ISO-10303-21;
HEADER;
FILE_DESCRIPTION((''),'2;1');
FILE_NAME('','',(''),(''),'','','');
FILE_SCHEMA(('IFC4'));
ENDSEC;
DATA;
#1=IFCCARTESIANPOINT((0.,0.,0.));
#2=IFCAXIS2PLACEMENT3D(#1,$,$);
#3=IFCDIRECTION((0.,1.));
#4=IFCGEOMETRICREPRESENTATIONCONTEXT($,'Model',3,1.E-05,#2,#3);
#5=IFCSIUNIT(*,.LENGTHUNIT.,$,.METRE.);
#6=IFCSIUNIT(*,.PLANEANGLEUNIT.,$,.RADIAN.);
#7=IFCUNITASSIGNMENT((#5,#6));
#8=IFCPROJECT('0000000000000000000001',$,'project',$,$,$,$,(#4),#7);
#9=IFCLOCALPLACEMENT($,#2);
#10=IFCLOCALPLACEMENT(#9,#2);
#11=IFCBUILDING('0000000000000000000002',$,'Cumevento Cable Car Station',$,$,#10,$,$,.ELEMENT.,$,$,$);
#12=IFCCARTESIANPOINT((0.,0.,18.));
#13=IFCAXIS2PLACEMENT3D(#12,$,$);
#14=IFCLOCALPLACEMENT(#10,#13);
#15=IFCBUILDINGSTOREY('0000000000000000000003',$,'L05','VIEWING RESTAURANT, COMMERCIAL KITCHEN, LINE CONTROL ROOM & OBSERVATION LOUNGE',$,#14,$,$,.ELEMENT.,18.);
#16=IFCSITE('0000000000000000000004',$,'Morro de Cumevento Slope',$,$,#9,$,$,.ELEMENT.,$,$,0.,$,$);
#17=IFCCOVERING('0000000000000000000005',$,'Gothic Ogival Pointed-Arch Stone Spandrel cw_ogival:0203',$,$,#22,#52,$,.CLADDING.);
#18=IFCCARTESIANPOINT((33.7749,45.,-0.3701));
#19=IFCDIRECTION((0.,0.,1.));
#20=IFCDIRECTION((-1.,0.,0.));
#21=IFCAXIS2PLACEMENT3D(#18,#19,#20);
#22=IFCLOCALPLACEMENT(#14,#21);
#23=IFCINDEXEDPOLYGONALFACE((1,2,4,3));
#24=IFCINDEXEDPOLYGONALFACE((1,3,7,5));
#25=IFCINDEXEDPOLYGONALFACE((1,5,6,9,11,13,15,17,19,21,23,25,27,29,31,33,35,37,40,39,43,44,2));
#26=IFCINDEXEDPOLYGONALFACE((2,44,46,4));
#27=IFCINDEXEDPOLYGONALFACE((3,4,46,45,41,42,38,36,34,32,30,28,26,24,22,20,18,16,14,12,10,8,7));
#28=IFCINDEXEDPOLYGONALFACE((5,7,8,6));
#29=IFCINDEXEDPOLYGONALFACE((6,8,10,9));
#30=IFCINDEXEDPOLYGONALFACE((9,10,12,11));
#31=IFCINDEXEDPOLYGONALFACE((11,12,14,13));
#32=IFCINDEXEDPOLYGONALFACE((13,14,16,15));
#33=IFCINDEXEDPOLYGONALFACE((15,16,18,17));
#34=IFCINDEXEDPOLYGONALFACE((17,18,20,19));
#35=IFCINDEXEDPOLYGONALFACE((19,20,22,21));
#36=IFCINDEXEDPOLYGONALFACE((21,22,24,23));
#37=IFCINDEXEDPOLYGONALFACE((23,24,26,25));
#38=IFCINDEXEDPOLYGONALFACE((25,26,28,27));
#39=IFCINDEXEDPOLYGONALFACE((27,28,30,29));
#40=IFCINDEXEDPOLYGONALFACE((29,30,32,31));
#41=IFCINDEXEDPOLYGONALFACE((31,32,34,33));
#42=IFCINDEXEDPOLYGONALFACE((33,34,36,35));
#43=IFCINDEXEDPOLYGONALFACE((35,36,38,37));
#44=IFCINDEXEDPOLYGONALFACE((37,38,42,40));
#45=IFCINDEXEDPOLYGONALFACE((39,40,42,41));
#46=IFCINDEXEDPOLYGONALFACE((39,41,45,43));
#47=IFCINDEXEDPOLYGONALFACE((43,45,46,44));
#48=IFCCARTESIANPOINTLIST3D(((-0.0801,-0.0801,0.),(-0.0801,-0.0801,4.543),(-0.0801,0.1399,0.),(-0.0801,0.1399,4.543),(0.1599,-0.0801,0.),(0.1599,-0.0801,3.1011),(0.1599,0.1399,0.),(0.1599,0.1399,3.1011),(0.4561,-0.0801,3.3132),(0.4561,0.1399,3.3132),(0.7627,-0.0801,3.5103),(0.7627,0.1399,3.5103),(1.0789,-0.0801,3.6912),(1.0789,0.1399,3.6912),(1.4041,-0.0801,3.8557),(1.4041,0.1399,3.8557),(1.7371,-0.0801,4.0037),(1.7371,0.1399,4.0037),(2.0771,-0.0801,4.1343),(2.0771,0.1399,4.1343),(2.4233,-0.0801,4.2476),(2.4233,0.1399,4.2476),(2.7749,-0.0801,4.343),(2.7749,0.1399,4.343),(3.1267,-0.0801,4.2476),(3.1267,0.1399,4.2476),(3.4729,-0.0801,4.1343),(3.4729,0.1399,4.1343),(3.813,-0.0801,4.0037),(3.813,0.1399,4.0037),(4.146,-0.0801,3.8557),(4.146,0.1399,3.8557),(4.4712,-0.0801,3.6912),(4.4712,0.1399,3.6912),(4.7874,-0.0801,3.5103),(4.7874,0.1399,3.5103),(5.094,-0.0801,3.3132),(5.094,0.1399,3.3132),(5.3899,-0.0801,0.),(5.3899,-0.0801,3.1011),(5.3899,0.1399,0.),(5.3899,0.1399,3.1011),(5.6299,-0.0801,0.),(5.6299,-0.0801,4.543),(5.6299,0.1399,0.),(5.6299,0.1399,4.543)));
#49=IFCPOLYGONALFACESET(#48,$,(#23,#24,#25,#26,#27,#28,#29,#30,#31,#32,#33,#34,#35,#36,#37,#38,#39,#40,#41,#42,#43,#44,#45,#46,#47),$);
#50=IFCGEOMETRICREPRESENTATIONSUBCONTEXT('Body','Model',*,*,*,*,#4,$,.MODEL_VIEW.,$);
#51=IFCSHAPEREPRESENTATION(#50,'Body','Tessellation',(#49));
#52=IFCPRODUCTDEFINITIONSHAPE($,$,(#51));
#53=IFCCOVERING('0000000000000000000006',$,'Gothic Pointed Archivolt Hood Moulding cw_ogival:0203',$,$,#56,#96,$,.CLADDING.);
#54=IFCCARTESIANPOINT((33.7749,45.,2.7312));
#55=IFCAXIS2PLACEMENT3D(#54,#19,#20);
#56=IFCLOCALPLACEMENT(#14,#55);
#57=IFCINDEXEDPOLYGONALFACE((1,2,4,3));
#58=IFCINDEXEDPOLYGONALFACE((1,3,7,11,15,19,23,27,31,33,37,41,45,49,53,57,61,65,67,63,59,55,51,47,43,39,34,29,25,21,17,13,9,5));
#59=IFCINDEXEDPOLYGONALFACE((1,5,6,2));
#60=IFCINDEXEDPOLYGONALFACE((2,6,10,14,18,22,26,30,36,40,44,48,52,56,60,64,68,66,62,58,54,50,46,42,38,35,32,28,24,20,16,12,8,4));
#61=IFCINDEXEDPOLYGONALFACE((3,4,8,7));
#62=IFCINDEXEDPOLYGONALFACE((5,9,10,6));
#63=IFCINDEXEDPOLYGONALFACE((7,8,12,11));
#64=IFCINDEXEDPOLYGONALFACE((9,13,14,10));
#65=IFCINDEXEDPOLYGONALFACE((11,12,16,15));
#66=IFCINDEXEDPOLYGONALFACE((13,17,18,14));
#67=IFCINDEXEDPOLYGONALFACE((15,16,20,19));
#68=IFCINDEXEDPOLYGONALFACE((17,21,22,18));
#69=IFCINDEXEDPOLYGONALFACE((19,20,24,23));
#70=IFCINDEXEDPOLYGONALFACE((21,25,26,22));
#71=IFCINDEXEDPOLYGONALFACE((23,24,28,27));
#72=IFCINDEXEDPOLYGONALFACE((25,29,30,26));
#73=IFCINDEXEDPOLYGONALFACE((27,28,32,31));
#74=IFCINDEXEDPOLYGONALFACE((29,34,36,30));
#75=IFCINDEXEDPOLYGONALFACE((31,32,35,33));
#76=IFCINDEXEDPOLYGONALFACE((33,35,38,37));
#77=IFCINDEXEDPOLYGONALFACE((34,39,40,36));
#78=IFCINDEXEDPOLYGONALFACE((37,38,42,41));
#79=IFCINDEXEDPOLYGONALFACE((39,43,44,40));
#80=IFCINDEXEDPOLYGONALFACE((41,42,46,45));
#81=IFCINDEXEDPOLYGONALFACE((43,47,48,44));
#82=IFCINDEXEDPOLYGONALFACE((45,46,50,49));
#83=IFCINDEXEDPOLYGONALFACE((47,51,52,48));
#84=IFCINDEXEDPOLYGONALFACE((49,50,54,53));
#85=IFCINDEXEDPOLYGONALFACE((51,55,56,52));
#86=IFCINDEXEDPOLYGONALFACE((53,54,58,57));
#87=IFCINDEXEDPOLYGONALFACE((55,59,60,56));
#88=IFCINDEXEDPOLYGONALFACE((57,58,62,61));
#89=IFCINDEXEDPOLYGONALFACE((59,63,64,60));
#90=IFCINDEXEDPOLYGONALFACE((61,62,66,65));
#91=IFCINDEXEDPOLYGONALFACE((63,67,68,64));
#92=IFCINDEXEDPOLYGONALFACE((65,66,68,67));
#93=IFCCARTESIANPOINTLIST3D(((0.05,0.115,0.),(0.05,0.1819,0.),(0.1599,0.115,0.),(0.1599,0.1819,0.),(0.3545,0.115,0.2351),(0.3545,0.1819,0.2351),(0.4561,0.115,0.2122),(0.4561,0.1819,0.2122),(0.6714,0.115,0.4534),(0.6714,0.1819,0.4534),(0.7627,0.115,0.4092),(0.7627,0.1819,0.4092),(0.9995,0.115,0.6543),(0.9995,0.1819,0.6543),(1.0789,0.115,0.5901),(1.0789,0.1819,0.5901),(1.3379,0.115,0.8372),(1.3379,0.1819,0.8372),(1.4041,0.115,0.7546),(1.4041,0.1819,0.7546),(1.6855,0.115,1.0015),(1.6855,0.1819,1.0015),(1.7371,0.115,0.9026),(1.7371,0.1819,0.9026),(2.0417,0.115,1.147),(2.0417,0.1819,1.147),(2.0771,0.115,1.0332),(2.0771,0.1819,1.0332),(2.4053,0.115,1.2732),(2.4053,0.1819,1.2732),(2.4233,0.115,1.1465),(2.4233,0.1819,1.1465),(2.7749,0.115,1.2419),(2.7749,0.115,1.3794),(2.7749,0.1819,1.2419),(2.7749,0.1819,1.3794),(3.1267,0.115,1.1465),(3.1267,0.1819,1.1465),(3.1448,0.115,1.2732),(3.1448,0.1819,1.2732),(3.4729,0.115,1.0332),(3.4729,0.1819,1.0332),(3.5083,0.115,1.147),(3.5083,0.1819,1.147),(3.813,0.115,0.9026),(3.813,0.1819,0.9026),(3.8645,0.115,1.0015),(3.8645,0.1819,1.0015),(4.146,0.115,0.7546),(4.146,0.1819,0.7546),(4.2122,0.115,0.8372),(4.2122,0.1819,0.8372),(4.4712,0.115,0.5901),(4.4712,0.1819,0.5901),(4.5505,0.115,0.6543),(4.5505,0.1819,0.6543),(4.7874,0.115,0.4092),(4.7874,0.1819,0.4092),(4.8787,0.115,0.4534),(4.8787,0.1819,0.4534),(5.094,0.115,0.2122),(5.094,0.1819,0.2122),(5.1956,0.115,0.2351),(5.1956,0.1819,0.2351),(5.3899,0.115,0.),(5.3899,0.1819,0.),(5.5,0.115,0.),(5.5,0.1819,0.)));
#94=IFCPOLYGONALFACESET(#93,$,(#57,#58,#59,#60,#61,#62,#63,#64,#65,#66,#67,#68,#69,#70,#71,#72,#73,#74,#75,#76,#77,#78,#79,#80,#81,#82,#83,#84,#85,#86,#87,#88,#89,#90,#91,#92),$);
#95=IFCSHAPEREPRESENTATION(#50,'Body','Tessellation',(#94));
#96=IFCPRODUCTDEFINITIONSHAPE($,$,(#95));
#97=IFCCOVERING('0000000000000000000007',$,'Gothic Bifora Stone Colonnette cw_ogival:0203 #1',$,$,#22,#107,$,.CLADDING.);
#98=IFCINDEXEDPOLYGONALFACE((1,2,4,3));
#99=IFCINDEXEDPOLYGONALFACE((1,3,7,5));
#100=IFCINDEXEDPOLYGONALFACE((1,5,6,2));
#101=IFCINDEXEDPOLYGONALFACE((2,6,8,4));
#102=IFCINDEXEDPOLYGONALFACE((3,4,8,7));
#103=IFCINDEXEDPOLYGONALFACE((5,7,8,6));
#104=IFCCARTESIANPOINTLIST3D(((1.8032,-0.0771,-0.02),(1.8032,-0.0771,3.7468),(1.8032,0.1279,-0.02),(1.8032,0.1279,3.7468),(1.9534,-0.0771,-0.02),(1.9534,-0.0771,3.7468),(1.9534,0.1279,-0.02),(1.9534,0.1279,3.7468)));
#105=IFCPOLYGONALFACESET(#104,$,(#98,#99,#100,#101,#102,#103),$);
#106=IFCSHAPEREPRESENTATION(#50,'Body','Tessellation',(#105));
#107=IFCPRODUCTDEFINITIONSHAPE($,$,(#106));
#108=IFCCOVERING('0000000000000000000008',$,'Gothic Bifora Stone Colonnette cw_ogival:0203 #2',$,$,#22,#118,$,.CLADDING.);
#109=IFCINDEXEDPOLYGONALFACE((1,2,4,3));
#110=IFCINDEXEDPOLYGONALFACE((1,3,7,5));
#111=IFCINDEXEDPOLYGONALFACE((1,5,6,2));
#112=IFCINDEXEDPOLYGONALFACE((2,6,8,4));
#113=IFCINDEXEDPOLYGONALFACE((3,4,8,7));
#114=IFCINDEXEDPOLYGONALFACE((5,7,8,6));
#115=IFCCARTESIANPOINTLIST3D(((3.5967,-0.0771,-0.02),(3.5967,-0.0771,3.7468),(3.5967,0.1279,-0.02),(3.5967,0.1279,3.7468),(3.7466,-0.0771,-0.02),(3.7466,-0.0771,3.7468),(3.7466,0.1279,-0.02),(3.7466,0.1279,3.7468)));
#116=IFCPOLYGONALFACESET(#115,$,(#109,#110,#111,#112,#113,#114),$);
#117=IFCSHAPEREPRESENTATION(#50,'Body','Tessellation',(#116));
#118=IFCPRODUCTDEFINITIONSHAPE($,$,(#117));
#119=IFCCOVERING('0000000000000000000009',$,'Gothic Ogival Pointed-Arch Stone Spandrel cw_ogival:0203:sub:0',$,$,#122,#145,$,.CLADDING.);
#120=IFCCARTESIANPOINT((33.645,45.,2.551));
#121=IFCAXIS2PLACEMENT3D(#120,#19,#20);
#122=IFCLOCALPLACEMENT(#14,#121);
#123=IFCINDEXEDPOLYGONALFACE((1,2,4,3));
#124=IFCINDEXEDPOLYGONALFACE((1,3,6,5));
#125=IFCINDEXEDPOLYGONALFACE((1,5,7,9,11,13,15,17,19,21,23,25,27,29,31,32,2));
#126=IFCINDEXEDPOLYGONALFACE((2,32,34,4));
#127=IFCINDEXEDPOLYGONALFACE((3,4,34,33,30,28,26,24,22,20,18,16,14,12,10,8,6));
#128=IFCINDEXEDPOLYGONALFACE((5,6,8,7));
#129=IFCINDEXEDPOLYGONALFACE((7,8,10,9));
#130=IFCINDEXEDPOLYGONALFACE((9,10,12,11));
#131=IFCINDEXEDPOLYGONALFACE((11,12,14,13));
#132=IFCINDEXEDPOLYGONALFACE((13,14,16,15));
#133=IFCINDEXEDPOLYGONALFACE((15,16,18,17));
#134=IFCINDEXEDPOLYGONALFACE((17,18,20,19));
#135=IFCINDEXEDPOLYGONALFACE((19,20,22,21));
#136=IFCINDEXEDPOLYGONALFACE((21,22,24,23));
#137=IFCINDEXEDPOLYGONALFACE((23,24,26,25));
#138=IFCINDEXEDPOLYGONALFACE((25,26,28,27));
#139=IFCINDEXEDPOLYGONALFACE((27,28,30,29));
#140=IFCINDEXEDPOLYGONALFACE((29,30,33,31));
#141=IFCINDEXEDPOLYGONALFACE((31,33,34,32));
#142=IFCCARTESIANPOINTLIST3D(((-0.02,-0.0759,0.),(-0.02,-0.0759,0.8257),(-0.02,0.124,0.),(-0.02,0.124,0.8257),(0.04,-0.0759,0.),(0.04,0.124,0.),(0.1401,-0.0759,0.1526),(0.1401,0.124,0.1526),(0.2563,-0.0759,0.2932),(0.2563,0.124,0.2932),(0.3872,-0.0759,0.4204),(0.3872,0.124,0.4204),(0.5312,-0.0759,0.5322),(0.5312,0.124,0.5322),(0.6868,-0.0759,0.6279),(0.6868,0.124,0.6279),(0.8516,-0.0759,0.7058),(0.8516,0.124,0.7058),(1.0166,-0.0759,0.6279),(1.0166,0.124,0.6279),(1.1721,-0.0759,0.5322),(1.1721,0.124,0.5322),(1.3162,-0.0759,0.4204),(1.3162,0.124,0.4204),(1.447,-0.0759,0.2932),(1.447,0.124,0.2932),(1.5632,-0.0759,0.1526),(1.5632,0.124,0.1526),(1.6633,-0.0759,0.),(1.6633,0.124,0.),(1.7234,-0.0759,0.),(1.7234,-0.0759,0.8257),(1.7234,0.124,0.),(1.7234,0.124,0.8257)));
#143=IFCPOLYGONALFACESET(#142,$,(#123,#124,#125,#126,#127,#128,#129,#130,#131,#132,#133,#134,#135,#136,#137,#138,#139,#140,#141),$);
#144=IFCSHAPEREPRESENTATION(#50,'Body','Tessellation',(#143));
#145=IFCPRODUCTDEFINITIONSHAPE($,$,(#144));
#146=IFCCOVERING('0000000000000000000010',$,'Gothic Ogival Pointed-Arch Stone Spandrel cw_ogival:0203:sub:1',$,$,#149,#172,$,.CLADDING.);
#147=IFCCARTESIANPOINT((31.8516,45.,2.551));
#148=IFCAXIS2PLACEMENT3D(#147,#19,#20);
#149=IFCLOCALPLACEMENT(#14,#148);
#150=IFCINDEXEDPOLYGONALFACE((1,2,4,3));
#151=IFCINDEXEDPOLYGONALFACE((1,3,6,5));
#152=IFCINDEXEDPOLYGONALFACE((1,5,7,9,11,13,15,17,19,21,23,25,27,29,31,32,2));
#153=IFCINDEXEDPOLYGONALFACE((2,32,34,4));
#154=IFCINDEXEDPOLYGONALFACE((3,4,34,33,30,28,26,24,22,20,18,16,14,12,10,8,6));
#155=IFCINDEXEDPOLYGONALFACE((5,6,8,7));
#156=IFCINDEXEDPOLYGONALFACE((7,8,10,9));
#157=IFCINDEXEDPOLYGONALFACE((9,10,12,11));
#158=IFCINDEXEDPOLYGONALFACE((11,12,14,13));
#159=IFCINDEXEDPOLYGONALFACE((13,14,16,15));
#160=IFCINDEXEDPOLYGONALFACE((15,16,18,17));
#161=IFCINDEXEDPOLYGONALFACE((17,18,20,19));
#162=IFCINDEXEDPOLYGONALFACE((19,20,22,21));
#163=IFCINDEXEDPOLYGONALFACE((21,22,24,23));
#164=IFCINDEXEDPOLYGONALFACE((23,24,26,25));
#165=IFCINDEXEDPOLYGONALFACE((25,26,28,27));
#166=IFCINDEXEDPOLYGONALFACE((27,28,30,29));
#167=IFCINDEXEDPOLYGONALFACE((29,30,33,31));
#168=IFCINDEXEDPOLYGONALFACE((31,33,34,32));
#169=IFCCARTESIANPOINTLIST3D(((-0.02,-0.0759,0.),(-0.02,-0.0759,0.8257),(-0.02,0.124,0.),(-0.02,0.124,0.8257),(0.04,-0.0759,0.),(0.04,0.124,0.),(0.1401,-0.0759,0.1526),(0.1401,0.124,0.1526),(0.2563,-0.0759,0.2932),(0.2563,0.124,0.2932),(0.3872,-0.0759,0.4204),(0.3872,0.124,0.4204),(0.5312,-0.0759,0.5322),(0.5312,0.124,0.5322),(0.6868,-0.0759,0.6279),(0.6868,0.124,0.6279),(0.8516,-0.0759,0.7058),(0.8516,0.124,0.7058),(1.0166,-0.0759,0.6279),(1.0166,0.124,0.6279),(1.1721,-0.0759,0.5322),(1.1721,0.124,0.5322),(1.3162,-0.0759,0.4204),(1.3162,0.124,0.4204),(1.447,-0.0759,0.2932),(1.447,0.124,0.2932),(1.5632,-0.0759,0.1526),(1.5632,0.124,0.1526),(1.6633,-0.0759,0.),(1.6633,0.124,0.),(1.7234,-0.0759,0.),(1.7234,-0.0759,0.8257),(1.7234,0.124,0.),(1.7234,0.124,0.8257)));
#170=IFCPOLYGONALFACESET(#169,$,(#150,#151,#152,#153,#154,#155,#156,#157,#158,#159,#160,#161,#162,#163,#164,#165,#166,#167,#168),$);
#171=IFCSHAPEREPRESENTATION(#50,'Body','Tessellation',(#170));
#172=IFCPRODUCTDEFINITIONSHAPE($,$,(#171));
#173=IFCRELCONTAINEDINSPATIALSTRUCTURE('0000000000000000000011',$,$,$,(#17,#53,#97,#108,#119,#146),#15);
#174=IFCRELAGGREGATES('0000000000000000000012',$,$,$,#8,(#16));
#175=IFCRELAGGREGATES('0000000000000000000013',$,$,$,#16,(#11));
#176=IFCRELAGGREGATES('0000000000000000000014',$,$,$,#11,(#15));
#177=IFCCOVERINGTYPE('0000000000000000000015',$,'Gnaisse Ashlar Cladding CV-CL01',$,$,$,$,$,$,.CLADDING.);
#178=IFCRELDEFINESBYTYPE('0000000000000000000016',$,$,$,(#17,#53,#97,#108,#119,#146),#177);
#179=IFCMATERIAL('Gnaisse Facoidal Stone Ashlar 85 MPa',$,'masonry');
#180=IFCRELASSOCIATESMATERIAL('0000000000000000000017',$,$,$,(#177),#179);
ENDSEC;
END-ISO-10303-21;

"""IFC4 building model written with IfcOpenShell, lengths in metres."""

from ifc_helpers import new_model, si_unit, direction, frame, origin, place, context, subcontext, project, spatial, polyline, outline, extrude, material, type_object, element, save


model = new_model("IFC4")

# Units and contexts
model_context = context("Model", 3, precision=1e-05, world=origin(), true_north=direction((0.0, 1.0)))
body_context = subcontext(model_context, "Body", "Model", "MODEL_VIEW")
ifc_project = project(units=[si_unit("LENGTHUNIT", "METRE"), si_unit("PLANEANGLEUNIT", "RADIAN")], contexts=[model_context])

# Site, building, storey
site_placement = place(None, origin())
site = spatial("IfcSite", under=ifc_project, at=site_placement, Name="Morro de Cumevento Slope", CompositionType="ELEMENT", RefElevation=0.0)
building_placement = place(site_placement, origin())
building = spatial("IfcBuilding", under=site, at=building_placement, Name="Cumevento Cable Car Station", CompositionType="ELEMENT")
storey_placement = place(building_placement, frame((0.0, 0.0, 18.0)))
storey = spatial("IfcBuildingStorey", under=building, at=storey_placement, Name="L05", Description="VIEWING RESTAURANT, COMMERCIAL KITCHEN, LINE CONTROL ROOM & OBSERVATION LOUNGE", CompositionType="ELEMENT", Elevation=18.0)

# Coverings
ifc_material_1 = material(Name="Gnaisse Facoidal Stone Ashlar 85 MPa", Category="masonry")
covering_type = type_object("IfcCoveringType", Name="Gnaisse Ashlar Cladding CV-CL01", PredefinedType="CLADDING", material=ifc_material_1)
placement = place(storey_placement, frame((33.7749, 45.0, -0.3701), z_axis=(0.0, 0.0, 1.0), x_axis=(-1.0, 0.0, 0.0)))
element("IfcCovering", 1, at=placement, inside=storey, type_object=covering_type, Name="Gothic Ogival Pointed-Arch Stone Spandrel cw_ogival:0203", PredefinedType="CLADDING", context=body_context, shape_type="SweptSolid", body=[
    extrude(outline(polyline([(-0.0801, 0.0), (-0.0801, 4.543), (5.6299, 4.543), (5.6299, 0.0), (5.3899, 0.0), (5.3899, 3.1011), (5.094, 3.3132), (4.7874, 3.5103), (4.4712, 3.6912), (4.146, 3.8557), (3.813, 4.0037), (3.4729, 4.1343), (3.1267, 4.2476), (2.7749, 4.343), (2.4233, 4.2476), (2.0771, 4.1343), (1.7371, 4.0037), (1.4041, 3.8557), (1.0789, 3.6912), (0.7627, 3.5103), (0.4561, 3.3132), (0.1599, 3.1011), (0.1599, 0.0), (-0.0801, 0.0)])), frame((0.0, 0.1399, 0.0), z_axis=(0.0, -1.0, 0.0), x_axis=(1.0, 0.0, 0.0)), (0.0, 0.0, 1.0), 0.22),
])
covering_1_placement = place(storey_placement, frame((33.7749, 45.0, 2.7312), z_axis=(0.0, 0.0, 1.0), x_axis=(-1.0, 0.0, 0.0)))
element("IfcCovering", 2, at=covering_1_placement, inside=storey, type_object=covering_type, Name="Gothic Pointed Archivolt Hood Moulding cw_ogival:0203", PredefinedType="CLADDING", context=body_context, shape_type="SweptSolid", body=[
    extrude(outline(polyline([(0.1599, 0.0), (0.4561, 0.2122), (0.7627, 0.4092), (1.0789, 0.5901), (1.4041, 0.7546), (1.7371, 0.9026), (2.0771, 1.0332), (2.4233, 1.1465), (2.7749, 1.2419), (3.1267, 1.1465), (3.4729, 1.0332), (3.813, 0.9026), (4.146, 0.7546), (4.4712, 0.5901), (4.7874, 0.4092), (5.094, 0.2122), (5.3899, 0.0), (5.5, 0.0), (5.1956, 0.2351), (4.8787, 0.4534), (4.5505, 0.6543), (4.2122, 0.8372), (3.8645, 1.0015), (3.5083, 1.147), (3.1448, 1.2732), (2.7749, 1.3794), (2.4053, 1.2732), (2.0417, 1.147), (1.6855, 1.0015), (1.3379, 0.8372), (0.9995, 0.6543), (0.6714, 0.4534), (0.3545, 0.2351), (0.05, 0.0), (0.1599, 0.0)])), frame((0.0, 0.1819, 0.0), z_axis=(0.0, -1.0, 0.0), x_axis=(1.0, 0.0, 0.0)), (0.0, 0.0, 1.0), 0.0669),
])
element("IfcCovering", 3, at=placement, inside=storey, type_object=covering_type, Name="Gothic Bifora Stone Colonnette cw_ogival:0203 #1", PredefinedType="CLADDING", context=body_context, shape_type="SweptSolid", body=[
    extrude(outline(polyline([(1.8032, -0.02), (1.9534, -0.02), (1.9534, 3.7468), (1.8032, 3.7468), (1.8032, -0.02)])), frame((0.0, 0.1279, 0.0), z_axis=(0.0, -1.0, 0.0), x_axis=(1.0, 0.0, 0.0)), (0.0, 0.0, 1.0), 0.2051),
])
element("IfcCovering", 4, at=placement, inside=storey, type_object=covering_type, Name="Gothic Bifora Stone Colonnette cw_ogival:0203 #2", PredefinedType="CLADDING", context=body_context, shape_type="SweptSolid", body=[
    extrude(outline(polyline([(3.5967, -0.02), (3.7466, -0.02), (3.7466, 3.7468), (3.5967, 3.7468), (3.5967, -0.02)])), frame((0.0, 0.1279, 0.0), z_axis=(0.0, -1.0, 0.0), x_axis=(1.0, 0.0, 0.0)), (0.0, 0.0, 1.0), 0.2051),
])
for number, where, z_axis, x_axis, name in (
    (5, (33.645, 45.0, 2.551), (0.0, 0.0, 1.0), (-1.0, 0.0, 0.0), "Gothic Ogival Pointed-Arch Stone Spandrel cw_ogival:0203:sub:0"),
    (6, (31.8516, 45.0, 2.551), (0.0, 0.0, 1.0), (-1.0, 0.0, 0.0), "Gothic Ogival Pointed-Arch Stone Spandrel cw_ogival:0203:sub:1"),
):
    element("IfcCovering", number, at=place(storey_placement, frame(where, z_axis=z_axis, x_axis=x_axis)), inside=storey, type_object=covering_type, Name=name, PredefinedType="CLADDING", context=body_context, shape_type="SweptSolid", body=[
        extrude(outline(polyline([(-0.02, 0.0), (-0.02, 0.8257), (1.7234, 0.8257), (1.7234, 0.0), (1.6633, 0.0), (1.5632, 0.1526), (1.447, 0.2932), (1.3162, 0.4204), (1.1721, 0.5322), (1.0166, 0.6279), (0.8516, 0.7058), (0.6868, 0.6279), (0.5312, 0.5322), (0.3872, 0.4204), (0.2563, 0.2932), (0.1401, 0.1526), (0.04, 0.0), (-0.02, 0.0)])), frame((0.0, 0.124, 0.0), z_axis=(0.0, -1.0, 0.0), x_axis=(1.0, 0.0, 0.0)), (0.0, 0.0, 1.0), 0.2),
    ])

save(model, "model.ifc")
